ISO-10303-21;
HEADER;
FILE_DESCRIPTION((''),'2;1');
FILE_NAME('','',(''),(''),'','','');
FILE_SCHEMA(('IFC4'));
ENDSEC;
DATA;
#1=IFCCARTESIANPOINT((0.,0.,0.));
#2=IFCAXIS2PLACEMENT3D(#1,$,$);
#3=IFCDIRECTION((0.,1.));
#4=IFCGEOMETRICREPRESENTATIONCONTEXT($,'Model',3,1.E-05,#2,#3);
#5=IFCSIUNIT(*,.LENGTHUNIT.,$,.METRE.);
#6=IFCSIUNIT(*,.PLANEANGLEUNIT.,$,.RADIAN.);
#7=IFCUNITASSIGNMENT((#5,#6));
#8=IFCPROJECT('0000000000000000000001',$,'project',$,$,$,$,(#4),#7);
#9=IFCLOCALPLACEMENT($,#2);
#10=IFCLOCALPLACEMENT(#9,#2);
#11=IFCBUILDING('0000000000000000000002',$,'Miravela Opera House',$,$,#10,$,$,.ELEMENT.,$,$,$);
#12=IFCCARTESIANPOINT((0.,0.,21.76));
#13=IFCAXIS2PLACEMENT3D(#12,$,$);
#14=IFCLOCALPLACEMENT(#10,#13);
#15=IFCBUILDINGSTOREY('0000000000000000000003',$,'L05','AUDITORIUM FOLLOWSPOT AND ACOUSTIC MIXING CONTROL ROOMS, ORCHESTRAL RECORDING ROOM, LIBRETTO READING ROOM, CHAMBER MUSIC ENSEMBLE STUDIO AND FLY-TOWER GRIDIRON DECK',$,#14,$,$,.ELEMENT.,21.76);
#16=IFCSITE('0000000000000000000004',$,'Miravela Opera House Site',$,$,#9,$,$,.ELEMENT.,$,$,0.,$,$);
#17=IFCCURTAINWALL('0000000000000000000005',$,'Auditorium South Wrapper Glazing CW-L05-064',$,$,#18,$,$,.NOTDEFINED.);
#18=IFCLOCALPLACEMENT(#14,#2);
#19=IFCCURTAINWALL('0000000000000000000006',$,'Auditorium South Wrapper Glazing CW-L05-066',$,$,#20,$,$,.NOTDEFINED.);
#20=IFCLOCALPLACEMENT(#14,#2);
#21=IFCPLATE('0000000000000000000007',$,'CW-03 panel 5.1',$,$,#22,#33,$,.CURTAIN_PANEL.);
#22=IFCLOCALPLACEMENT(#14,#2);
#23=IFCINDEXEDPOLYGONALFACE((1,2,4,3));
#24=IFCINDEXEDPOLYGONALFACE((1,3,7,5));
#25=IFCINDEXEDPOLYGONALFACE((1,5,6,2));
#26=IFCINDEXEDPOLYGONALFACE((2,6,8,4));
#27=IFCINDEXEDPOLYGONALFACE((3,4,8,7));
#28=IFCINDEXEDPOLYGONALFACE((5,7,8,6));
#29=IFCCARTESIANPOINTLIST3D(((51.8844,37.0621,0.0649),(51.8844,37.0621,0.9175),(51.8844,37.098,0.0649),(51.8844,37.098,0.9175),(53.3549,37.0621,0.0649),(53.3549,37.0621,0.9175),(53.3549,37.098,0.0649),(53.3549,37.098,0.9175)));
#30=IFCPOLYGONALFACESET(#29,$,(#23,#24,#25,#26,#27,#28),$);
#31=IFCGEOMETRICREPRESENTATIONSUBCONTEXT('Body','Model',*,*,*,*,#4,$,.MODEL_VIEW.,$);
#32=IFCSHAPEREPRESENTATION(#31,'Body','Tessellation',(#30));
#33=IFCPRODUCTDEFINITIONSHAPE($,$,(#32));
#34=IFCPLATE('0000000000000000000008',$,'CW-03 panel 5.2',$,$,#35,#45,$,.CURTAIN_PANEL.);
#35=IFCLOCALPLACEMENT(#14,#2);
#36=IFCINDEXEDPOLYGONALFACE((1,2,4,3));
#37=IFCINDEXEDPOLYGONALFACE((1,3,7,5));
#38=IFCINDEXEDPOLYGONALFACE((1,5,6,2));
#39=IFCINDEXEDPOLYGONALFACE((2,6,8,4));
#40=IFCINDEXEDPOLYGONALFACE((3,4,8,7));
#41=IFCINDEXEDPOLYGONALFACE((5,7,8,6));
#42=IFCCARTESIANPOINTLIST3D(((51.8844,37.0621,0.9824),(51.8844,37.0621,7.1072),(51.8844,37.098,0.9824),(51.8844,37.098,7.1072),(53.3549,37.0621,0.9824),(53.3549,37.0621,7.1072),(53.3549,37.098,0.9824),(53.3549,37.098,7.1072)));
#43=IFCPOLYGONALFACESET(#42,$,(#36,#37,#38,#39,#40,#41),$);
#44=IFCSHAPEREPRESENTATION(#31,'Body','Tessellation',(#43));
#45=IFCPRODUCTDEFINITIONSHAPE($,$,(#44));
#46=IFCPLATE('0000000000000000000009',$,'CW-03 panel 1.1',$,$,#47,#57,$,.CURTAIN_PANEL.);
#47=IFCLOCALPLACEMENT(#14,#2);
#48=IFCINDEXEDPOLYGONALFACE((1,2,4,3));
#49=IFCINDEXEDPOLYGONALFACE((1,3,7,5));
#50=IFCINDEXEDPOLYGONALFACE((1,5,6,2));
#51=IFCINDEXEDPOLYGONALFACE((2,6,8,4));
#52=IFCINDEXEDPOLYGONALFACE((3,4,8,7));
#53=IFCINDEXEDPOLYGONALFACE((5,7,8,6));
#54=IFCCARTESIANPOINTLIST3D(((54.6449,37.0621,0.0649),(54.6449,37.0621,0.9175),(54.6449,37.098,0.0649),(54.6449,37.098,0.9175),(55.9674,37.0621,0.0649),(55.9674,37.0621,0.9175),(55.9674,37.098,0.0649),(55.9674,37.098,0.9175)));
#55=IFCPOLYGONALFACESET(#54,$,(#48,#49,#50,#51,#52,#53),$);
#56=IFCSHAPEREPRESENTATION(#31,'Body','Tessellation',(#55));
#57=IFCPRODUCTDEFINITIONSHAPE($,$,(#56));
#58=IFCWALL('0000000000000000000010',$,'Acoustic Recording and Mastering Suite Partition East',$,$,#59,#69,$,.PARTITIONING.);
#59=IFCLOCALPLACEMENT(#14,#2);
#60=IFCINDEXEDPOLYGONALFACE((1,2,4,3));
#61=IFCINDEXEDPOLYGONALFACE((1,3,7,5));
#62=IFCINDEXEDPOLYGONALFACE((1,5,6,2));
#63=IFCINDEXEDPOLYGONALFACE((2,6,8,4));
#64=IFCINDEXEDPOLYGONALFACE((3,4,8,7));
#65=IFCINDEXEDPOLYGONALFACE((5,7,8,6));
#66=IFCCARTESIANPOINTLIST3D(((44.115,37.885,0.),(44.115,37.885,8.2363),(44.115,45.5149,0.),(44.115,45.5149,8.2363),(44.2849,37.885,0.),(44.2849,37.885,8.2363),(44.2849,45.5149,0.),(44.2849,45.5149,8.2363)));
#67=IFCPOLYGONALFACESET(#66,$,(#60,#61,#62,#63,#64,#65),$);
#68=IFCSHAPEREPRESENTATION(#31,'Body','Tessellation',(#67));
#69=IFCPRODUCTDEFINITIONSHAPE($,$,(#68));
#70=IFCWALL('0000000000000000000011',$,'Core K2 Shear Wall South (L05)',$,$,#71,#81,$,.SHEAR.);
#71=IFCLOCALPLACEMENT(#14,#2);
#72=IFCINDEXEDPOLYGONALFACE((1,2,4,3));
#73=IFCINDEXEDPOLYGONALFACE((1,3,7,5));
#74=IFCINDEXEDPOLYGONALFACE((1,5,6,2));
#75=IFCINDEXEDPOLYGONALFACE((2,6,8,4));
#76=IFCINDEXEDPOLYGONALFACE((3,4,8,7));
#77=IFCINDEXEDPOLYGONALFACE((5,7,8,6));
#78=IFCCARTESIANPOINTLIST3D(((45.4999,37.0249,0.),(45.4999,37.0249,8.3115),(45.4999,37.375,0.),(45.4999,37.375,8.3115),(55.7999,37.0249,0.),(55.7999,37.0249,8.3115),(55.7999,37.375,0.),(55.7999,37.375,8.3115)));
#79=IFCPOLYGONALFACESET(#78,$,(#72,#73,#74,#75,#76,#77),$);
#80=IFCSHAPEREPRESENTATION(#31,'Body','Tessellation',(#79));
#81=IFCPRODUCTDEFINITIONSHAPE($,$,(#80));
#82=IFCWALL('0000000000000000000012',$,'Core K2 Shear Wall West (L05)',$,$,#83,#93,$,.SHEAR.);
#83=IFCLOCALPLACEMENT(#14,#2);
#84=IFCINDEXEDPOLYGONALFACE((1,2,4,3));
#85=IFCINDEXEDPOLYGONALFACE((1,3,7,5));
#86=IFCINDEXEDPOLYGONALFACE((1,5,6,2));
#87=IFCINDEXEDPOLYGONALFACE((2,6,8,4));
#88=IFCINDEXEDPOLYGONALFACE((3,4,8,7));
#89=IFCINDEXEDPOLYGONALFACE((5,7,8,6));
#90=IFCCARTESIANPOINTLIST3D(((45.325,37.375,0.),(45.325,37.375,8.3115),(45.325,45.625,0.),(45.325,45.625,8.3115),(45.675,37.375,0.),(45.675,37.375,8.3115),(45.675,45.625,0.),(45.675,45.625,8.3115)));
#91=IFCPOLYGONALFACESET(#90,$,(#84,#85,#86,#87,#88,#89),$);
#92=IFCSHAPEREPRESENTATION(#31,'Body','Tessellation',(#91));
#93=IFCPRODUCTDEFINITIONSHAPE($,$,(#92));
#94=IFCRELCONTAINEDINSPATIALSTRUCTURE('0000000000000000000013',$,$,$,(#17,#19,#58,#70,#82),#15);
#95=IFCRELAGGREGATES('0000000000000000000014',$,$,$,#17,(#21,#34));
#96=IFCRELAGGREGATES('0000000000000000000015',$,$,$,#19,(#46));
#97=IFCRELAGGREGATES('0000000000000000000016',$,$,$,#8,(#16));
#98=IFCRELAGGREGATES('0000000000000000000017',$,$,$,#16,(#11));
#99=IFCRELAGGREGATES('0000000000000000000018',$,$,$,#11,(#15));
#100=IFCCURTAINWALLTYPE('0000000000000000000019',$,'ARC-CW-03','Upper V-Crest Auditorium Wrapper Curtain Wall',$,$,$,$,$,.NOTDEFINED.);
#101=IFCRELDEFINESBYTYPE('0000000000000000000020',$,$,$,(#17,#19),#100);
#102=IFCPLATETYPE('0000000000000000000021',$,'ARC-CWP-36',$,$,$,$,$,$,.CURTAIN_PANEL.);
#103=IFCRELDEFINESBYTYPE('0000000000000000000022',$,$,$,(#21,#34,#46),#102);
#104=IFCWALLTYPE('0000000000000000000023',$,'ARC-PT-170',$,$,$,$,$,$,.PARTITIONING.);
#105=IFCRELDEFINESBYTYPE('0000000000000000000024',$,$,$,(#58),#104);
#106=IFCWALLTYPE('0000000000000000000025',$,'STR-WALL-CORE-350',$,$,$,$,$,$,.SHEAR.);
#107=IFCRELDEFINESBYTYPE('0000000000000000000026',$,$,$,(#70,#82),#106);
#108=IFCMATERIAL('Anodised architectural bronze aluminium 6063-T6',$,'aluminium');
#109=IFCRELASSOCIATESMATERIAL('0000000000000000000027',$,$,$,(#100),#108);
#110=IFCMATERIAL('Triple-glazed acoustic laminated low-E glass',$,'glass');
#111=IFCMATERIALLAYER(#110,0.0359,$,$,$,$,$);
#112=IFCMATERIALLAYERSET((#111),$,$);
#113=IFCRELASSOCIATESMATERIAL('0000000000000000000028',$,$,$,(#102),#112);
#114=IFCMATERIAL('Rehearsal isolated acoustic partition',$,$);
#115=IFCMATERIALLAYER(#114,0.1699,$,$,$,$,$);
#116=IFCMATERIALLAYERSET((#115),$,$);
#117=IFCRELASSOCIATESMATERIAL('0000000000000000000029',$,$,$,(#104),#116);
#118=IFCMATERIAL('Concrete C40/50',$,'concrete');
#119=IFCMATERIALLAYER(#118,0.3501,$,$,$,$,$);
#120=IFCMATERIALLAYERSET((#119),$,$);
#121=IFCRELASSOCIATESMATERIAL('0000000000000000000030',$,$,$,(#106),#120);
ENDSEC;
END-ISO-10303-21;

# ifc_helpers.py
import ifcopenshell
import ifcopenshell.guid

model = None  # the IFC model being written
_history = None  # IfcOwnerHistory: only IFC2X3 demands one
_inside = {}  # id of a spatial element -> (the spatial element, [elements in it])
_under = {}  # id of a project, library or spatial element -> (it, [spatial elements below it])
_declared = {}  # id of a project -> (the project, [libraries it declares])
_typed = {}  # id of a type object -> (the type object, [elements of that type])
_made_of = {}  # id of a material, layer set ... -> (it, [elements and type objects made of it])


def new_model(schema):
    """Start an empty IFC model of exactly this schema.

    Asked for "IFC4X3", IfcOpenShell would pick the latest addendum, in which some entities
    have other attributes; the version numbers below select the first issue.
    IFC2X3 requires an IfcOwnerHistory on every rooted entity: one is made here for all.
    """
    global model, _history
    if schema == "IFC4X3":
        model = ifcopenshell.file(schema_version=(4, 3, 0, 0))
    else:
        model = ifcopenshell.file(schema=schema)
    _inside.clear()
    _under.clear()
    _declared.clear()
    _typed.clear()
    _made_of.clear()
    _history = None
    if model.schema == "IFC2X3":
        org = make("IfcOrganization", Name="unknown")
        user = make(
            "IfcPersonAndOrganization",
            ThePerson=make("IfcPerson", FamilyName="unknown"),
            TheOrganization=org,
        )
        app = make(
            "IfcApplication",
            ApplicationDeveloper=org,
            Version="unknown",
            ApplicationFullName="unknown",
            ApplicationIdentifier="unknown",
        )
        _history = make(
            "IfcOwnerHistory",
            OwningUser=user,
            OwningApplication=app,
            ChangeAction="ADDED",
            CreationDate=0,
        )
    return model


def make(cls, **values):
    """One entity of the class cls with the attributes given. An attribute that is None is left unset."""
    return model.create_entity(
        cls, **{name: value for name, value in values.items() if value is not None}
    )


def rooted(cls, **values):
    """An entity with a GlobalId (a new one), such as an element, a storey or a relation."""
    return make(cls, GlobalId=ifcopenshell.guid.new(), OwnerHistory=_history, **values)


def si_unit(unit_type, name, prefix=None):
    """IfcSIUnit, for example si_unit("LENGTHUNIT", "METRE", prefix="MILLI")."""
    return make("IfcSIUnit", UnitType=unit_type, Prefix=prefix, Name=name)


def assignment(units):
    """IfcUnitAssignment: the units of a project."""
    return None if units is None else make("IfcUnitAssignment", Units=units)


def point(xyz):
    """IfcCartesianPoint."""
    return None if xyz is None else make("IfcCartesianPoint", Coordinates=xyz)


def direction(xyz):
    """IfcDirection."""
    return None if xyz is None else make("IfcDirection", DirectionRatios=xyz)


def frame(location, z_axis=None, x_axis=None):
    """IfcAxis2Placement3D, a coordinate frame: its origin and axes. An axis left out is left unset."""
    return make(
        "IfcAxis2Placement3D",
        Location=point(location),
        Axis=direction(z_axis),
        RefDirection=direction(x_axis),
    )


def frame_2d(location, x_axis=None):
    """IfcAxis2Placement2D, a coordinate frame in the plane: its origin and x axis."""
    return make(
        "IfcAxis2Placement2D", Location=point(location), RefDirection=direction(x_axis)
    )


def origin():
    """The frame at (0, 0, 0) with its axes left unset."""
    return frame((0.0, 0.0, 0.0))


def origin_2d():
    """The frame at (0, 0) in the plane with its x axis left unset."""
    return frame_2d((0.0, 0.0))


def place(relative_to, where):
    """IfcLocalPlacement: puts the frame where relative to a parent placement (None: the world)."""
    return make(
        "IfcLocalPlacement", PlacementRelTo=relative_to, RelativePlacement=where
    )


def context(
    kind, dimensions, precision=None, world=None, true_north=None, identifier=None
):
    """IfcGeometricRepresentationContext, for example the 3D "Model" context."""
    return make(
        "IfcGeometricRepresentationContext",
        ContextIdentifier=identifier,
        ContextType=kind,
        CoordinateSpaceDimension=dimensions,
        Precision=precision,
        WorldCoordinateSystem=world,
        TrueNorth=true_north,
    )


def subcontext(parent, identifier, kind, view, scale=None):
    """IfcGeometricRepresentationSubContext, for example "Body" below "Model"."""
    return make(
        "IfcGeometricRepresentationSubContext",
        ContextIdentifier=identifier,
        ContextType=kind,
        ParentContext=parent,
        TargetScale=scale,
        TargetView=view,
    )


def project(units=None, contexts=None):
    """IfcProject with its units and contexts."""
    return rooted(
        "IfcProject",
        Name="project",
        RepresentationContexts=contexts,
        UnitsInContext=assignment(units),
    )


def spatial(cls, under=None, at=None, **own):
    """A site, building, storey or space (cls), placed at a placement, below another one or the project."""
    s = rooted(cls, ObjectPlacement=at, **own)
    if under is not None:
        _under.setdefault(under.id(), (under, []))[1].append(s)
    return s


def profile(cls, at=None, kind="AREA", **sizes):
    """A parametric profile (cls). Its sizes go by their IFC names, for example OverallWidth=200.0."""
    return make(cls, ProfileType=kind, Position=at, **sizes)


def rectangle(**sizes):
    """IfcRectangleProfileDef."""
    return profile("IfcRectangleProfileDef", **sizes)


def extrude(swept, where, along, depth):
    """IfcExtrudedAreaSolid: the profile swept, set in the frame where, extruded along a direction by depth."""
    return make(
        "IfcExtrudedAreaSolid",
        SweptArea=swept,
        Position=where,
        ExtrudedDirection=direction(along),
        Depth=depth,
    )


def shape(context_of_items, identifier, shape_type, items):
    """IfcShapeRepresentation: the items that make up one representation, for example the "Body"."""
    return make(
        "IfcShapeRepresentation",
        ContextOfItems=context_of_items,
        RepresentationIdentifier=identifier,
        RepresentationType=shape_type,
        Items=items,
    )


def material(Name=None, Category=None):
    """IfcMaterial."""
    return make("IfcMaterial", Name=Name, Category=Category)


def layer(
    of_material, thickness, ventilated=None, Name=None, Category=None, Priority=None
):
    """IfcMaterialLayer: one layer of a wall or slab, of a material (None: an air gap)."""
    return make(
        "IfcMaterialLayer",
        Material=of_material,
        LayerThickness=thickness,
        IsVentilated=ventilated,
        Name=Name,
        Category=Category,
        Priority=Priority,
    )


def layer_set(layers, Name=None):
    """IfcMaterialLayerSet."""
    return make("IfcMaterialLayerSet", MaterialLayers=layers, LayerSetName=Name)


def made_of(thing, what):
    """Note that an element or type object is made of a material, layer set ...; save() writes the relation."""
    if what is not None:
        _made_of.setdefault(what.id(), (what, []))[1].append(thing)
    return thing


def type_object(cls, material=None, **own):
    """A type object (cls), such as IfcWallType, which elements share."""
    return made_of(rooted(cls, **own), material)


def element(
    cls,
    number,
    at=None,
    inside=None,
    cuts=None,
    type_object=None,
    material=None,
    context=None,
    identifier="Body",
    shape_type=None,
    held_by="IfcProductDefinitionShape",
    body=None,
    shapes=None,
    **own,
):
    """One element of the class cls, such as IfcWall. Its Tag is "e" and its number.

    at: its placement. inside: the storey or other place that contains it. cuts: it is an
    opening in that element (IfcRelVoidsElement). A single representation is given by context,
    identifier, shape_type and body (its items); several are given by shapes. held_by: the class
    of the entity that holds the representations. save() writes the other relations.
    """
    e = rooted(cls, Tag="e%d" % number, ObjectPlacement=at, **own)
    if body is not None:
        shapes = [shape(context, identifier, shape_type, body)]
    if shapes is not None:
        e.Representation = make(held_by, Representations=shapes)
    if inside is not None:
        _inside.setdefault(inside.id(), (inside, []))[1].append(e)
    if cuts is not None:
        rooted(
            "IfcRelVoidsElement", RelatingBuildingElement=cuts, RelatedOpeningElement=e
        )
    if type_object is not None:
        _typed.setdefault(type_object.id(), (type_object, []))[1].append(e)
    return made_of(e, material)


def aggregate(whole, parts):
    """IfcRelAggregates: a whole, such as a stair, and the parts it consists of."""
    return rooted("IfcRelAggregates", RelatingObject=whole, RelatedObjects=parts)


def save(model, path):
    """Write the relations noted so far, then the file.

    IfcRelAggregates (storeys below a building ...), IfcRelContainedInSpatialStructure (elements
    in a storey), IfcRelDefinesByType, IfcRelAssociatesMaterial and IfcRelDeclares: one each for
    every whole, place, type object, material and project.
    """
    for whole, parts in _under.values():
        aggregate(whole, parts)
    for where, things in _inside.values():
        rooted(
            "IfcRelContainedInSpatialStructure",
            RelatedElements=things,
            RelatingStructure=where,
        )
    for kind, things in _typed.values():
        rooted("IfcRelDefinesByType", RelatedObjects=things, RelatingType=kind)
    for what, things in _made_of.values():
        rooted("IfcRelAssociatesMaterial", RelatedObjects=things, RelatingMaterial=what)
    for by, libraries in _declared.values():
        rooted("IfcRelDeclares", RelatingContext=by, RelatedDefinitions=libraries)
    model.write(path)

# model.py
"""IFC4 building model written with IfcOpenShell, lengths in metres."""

from ifc_helpers import new_model, si_unit, direction, frame, frame_2d, origin, origin_2d, place, context, subcontext, project, spatial, rectangle, extrude, material, layer, layer_set, type_object, element, aggregate, save


model = new_model("IFC4")

# Units and contexts
model_context = context("Model", 3, precision=1e-05, world=origin(), true_north=direction((0.0, 1.0)))
body_context = subcontext(model_context, "Body", "Model", "MODEL_VIEW")
ifc_project = project(units=[si_unit("LENGTHUNIT", "METRE"), si_unit("PLANEANGLEUNIT", "RADIAN")], contexts=[model_context])

# Site, building, storey
site_placement = place(None, origin())
site = spatial("IfcSite", under=ifc_project, at=site_placement, Name="Miravela Opera House Site", CompositionType="ELEMENT", RefElevation=0.0)
building_placement = place(site_placement, origin())
building = spatial("IfcBuilding", under=site, at=building_placement, Name="Miravela Opera House", CompositionType="ELEMENT")
storey_placement = place(building_placement, frame((0.0, 0.0, 21.76)))
storey = spatial("IfcBuildingStorey", under=building, at=storey_placement, Name="L05", Description="AUDITORIUM FOLLOWSPOT AND ACOUSTIC MIXING CONTROL ROOMS, ORCHESTRAL RECORDING ROOM, LIBRETTO READING ROOM, CHAMBER MUSIC ENSEMBLE STUDIO AND FLY-TOWER GRIDIRON DECK", CompositionType="ELEMENT", Elevation=21.76)

# Curtain wall
ifc_material_1 = material(Name="Anodised architectural bronze aluminium 6063-T6", Category="aluminium")
curtain_wall_type = type_object("IfcCurtainWallType", Name="ARC-CW-03", Description="Upper V-Crest Auditorium Wrapper Curtain Wall", PredefinedType="NOTDEFINED", material=ifc_material_1)
curtain_wall_1_placement = place(storey_placement, origin())
curtain_wall_1 = element("IfcCurtainWall", 1, at=curtain_wall_1_placement, inside=storey, type_object=curtain_wall_type, Name="Auditorium South Wrapper Glazing CW-L05-064", PredefinedType="NOTDEFINED")

# Curtain wall
curtain_wall_2_placement = place(storey_placement, origin())
curtain_wall_2 = element("IfcCurtainWall", 2, at=curtain_wall_2_placement, inside=storey, type_object=curtain_wall_type, Name="Auditorium South Wrapper Glazing CW-L05-066", PredefinedType="NOTDEFINED")

# Plates
ifc_material_2 = material(Name="Triple-glazed acoustic laminated low-E glass", Category="glass")
ifc_layer_1 = layer(ifc_material_2, 0.0359)
ifc_layer_set_1 = layer_set([ifc_layer_1])
plate_type = type_object("IfcPlateType", Name="ARC-CWP-36", PredefinedType="CURTAIN_PANEL", material=ifc_layer_set_1)
plate_1_placement = place(storey_placement, frame((52.6196, 37.0801, 0.0649), z_axis=(0.0, 0.0, 1.0), x_axis=(1.0, 0.0, 0.0)))
plate_1 = element("IfcPlate", 3, at=plate_1_placement, type_object=plate_type, Name="CW-03 panel 5.1", PredefinedType="CURTAIN_PANEL", context=body_context, shape_type="SweptSolid", body=[
    extrude(rectangle(XDim=1.4705, YDim=0.0359, at=origin_2d()), origin(), (0.0, 0.0, 1.0), 0.8525),
])
plate_2_placement = place(storey_placement, frame((52.6196, 37.0801, 0.9824), z_axis=(0.0, 0.0, 1.0), x_axis=(1.0, 0.0, 0.0)))
plate_2 = element("IfcPlate", 4, at=plate_2_placement, type_object=plate_type, Name="CW-03 panel 5.2", PredefinedType="CURTAIN_PANEL", context=body_context, shape_type="SweptSolid", body=[
    extrude(rectangle(XDim=1.4705, YDim=0.0359, at=origin_2d()), origin(), (0.0, 0.0, 1.0), 6.1248),
])
aggregate(curtain_wall_1, [plate_1, plate_2])
plate_3_placement = place(storey_placement, frame((55.3062, 37.0801, 0.0649), z_axis=(0.0, 0.0, 1.0), x_axis=(1.0, 0.0, 0.0)))
plate_3 = element("IfcPlate", 5, at=plate_3_placement, type_object=plate_type, Name="CW-03 panel 1.1", PredefinedType="CURTAIN_PANEL", context=body_context, shape_type="SweptSolid", body=[
    extrude(rectangle(XDim=1.3225, YDim=0.0359, at=origin_2d()), origin(), (0.0, 0.0, 1.0), 0.8525),
])
aggregate(curtain_wall_2, [plate_3])

# Walls
ifc_material_3 = material(Name="Rehearsal isolated acoustic partition")
ifc_layer_2 = layer(ifc_material_3, 0.1699)
ifc_layer_set_2 = layer_set([ifc_layer_2])
wall_type_1 = type_object("IfcWallType", Name="ARC-PT-170", PredefinedType="PARTITIONING", material=ifc_layer_set_2)
wall_1_placement = place(storey_placement, frame((44.2, 37.885, 0.0), z_axis=(0.0, 0.0, 1.0), x_axis=(0.0, 1.0, 0.0)))
element("IfcWall", 6, at=wall_1_placement, inside=storey, type_object=wall_type_1, Name="Acoustic Recording and Mastering Suite Partition East", PredefinedType="PARTITIONING", context=body_context, shape_type="SweptSolid", body=[
    extrude(rectangle(XDim=7.6299, YDim=0.1699, at=frame_2d((3.8149, 0.0))), origin(), (0.0, 0.0, 1.0), 8.2363),
])
ifc_material_4 = material(Name="Concrete C40/50", Category="concrete")
ifc_layer_3 = layer(ifc_material_4, 0.3501)
ifc_layer_set_3 = layer_set([ifc_layer_3])
wall_type_2 = type_object("IfcWallType", Name="STR-WALL-CORE-350", PredefinedType="SHEAR", material=ifc_layer_set_3)
wall_2_placement = place(storey_placement, frame((45.5, 37.2, 0.0), z_axis=(0.0, 0.0, 1.0), x_axis=(1.0, 0.0, 0.0)))
element("IfcWall", 7, at=wall_2_placement, inside=storey, type_object=wall_type_2, Name="Core K2 Shear Wall South (L05)", PredefinedType="SHEAR", context=body_context, shape_type="SweptSolid", body=[
    extrude(rectangle(XDim=10.3, YDim=0.3501, at=frame_2d((5.1499, 0.0))), origin(), (0.0, 0.0, 1.0), 8.3115),
])
wall_3_placement = place(storey_placement, frame((45.5, 37.375, 0.0), z_axis=(0.0, 0.0, 1.0), x_axis=(0.0, 1.0, 0.0)))
element("IfcWall", 8, at=wall_3_placement, inside=storey, type_object=wall_type_2, Name="Core K2 Shear Wall West (L05)", PredefinedType="SHEAR", context=body_context, shape_type="SweptSolid", body=[
    extrude(rectangle(XDim=8.25, YDim=0.3501, at=frame_2d((4.125, 0.0))), origin(), (0.0, 0.0, 1.0), 8.3115),
])

save(model, "model.ifc")
